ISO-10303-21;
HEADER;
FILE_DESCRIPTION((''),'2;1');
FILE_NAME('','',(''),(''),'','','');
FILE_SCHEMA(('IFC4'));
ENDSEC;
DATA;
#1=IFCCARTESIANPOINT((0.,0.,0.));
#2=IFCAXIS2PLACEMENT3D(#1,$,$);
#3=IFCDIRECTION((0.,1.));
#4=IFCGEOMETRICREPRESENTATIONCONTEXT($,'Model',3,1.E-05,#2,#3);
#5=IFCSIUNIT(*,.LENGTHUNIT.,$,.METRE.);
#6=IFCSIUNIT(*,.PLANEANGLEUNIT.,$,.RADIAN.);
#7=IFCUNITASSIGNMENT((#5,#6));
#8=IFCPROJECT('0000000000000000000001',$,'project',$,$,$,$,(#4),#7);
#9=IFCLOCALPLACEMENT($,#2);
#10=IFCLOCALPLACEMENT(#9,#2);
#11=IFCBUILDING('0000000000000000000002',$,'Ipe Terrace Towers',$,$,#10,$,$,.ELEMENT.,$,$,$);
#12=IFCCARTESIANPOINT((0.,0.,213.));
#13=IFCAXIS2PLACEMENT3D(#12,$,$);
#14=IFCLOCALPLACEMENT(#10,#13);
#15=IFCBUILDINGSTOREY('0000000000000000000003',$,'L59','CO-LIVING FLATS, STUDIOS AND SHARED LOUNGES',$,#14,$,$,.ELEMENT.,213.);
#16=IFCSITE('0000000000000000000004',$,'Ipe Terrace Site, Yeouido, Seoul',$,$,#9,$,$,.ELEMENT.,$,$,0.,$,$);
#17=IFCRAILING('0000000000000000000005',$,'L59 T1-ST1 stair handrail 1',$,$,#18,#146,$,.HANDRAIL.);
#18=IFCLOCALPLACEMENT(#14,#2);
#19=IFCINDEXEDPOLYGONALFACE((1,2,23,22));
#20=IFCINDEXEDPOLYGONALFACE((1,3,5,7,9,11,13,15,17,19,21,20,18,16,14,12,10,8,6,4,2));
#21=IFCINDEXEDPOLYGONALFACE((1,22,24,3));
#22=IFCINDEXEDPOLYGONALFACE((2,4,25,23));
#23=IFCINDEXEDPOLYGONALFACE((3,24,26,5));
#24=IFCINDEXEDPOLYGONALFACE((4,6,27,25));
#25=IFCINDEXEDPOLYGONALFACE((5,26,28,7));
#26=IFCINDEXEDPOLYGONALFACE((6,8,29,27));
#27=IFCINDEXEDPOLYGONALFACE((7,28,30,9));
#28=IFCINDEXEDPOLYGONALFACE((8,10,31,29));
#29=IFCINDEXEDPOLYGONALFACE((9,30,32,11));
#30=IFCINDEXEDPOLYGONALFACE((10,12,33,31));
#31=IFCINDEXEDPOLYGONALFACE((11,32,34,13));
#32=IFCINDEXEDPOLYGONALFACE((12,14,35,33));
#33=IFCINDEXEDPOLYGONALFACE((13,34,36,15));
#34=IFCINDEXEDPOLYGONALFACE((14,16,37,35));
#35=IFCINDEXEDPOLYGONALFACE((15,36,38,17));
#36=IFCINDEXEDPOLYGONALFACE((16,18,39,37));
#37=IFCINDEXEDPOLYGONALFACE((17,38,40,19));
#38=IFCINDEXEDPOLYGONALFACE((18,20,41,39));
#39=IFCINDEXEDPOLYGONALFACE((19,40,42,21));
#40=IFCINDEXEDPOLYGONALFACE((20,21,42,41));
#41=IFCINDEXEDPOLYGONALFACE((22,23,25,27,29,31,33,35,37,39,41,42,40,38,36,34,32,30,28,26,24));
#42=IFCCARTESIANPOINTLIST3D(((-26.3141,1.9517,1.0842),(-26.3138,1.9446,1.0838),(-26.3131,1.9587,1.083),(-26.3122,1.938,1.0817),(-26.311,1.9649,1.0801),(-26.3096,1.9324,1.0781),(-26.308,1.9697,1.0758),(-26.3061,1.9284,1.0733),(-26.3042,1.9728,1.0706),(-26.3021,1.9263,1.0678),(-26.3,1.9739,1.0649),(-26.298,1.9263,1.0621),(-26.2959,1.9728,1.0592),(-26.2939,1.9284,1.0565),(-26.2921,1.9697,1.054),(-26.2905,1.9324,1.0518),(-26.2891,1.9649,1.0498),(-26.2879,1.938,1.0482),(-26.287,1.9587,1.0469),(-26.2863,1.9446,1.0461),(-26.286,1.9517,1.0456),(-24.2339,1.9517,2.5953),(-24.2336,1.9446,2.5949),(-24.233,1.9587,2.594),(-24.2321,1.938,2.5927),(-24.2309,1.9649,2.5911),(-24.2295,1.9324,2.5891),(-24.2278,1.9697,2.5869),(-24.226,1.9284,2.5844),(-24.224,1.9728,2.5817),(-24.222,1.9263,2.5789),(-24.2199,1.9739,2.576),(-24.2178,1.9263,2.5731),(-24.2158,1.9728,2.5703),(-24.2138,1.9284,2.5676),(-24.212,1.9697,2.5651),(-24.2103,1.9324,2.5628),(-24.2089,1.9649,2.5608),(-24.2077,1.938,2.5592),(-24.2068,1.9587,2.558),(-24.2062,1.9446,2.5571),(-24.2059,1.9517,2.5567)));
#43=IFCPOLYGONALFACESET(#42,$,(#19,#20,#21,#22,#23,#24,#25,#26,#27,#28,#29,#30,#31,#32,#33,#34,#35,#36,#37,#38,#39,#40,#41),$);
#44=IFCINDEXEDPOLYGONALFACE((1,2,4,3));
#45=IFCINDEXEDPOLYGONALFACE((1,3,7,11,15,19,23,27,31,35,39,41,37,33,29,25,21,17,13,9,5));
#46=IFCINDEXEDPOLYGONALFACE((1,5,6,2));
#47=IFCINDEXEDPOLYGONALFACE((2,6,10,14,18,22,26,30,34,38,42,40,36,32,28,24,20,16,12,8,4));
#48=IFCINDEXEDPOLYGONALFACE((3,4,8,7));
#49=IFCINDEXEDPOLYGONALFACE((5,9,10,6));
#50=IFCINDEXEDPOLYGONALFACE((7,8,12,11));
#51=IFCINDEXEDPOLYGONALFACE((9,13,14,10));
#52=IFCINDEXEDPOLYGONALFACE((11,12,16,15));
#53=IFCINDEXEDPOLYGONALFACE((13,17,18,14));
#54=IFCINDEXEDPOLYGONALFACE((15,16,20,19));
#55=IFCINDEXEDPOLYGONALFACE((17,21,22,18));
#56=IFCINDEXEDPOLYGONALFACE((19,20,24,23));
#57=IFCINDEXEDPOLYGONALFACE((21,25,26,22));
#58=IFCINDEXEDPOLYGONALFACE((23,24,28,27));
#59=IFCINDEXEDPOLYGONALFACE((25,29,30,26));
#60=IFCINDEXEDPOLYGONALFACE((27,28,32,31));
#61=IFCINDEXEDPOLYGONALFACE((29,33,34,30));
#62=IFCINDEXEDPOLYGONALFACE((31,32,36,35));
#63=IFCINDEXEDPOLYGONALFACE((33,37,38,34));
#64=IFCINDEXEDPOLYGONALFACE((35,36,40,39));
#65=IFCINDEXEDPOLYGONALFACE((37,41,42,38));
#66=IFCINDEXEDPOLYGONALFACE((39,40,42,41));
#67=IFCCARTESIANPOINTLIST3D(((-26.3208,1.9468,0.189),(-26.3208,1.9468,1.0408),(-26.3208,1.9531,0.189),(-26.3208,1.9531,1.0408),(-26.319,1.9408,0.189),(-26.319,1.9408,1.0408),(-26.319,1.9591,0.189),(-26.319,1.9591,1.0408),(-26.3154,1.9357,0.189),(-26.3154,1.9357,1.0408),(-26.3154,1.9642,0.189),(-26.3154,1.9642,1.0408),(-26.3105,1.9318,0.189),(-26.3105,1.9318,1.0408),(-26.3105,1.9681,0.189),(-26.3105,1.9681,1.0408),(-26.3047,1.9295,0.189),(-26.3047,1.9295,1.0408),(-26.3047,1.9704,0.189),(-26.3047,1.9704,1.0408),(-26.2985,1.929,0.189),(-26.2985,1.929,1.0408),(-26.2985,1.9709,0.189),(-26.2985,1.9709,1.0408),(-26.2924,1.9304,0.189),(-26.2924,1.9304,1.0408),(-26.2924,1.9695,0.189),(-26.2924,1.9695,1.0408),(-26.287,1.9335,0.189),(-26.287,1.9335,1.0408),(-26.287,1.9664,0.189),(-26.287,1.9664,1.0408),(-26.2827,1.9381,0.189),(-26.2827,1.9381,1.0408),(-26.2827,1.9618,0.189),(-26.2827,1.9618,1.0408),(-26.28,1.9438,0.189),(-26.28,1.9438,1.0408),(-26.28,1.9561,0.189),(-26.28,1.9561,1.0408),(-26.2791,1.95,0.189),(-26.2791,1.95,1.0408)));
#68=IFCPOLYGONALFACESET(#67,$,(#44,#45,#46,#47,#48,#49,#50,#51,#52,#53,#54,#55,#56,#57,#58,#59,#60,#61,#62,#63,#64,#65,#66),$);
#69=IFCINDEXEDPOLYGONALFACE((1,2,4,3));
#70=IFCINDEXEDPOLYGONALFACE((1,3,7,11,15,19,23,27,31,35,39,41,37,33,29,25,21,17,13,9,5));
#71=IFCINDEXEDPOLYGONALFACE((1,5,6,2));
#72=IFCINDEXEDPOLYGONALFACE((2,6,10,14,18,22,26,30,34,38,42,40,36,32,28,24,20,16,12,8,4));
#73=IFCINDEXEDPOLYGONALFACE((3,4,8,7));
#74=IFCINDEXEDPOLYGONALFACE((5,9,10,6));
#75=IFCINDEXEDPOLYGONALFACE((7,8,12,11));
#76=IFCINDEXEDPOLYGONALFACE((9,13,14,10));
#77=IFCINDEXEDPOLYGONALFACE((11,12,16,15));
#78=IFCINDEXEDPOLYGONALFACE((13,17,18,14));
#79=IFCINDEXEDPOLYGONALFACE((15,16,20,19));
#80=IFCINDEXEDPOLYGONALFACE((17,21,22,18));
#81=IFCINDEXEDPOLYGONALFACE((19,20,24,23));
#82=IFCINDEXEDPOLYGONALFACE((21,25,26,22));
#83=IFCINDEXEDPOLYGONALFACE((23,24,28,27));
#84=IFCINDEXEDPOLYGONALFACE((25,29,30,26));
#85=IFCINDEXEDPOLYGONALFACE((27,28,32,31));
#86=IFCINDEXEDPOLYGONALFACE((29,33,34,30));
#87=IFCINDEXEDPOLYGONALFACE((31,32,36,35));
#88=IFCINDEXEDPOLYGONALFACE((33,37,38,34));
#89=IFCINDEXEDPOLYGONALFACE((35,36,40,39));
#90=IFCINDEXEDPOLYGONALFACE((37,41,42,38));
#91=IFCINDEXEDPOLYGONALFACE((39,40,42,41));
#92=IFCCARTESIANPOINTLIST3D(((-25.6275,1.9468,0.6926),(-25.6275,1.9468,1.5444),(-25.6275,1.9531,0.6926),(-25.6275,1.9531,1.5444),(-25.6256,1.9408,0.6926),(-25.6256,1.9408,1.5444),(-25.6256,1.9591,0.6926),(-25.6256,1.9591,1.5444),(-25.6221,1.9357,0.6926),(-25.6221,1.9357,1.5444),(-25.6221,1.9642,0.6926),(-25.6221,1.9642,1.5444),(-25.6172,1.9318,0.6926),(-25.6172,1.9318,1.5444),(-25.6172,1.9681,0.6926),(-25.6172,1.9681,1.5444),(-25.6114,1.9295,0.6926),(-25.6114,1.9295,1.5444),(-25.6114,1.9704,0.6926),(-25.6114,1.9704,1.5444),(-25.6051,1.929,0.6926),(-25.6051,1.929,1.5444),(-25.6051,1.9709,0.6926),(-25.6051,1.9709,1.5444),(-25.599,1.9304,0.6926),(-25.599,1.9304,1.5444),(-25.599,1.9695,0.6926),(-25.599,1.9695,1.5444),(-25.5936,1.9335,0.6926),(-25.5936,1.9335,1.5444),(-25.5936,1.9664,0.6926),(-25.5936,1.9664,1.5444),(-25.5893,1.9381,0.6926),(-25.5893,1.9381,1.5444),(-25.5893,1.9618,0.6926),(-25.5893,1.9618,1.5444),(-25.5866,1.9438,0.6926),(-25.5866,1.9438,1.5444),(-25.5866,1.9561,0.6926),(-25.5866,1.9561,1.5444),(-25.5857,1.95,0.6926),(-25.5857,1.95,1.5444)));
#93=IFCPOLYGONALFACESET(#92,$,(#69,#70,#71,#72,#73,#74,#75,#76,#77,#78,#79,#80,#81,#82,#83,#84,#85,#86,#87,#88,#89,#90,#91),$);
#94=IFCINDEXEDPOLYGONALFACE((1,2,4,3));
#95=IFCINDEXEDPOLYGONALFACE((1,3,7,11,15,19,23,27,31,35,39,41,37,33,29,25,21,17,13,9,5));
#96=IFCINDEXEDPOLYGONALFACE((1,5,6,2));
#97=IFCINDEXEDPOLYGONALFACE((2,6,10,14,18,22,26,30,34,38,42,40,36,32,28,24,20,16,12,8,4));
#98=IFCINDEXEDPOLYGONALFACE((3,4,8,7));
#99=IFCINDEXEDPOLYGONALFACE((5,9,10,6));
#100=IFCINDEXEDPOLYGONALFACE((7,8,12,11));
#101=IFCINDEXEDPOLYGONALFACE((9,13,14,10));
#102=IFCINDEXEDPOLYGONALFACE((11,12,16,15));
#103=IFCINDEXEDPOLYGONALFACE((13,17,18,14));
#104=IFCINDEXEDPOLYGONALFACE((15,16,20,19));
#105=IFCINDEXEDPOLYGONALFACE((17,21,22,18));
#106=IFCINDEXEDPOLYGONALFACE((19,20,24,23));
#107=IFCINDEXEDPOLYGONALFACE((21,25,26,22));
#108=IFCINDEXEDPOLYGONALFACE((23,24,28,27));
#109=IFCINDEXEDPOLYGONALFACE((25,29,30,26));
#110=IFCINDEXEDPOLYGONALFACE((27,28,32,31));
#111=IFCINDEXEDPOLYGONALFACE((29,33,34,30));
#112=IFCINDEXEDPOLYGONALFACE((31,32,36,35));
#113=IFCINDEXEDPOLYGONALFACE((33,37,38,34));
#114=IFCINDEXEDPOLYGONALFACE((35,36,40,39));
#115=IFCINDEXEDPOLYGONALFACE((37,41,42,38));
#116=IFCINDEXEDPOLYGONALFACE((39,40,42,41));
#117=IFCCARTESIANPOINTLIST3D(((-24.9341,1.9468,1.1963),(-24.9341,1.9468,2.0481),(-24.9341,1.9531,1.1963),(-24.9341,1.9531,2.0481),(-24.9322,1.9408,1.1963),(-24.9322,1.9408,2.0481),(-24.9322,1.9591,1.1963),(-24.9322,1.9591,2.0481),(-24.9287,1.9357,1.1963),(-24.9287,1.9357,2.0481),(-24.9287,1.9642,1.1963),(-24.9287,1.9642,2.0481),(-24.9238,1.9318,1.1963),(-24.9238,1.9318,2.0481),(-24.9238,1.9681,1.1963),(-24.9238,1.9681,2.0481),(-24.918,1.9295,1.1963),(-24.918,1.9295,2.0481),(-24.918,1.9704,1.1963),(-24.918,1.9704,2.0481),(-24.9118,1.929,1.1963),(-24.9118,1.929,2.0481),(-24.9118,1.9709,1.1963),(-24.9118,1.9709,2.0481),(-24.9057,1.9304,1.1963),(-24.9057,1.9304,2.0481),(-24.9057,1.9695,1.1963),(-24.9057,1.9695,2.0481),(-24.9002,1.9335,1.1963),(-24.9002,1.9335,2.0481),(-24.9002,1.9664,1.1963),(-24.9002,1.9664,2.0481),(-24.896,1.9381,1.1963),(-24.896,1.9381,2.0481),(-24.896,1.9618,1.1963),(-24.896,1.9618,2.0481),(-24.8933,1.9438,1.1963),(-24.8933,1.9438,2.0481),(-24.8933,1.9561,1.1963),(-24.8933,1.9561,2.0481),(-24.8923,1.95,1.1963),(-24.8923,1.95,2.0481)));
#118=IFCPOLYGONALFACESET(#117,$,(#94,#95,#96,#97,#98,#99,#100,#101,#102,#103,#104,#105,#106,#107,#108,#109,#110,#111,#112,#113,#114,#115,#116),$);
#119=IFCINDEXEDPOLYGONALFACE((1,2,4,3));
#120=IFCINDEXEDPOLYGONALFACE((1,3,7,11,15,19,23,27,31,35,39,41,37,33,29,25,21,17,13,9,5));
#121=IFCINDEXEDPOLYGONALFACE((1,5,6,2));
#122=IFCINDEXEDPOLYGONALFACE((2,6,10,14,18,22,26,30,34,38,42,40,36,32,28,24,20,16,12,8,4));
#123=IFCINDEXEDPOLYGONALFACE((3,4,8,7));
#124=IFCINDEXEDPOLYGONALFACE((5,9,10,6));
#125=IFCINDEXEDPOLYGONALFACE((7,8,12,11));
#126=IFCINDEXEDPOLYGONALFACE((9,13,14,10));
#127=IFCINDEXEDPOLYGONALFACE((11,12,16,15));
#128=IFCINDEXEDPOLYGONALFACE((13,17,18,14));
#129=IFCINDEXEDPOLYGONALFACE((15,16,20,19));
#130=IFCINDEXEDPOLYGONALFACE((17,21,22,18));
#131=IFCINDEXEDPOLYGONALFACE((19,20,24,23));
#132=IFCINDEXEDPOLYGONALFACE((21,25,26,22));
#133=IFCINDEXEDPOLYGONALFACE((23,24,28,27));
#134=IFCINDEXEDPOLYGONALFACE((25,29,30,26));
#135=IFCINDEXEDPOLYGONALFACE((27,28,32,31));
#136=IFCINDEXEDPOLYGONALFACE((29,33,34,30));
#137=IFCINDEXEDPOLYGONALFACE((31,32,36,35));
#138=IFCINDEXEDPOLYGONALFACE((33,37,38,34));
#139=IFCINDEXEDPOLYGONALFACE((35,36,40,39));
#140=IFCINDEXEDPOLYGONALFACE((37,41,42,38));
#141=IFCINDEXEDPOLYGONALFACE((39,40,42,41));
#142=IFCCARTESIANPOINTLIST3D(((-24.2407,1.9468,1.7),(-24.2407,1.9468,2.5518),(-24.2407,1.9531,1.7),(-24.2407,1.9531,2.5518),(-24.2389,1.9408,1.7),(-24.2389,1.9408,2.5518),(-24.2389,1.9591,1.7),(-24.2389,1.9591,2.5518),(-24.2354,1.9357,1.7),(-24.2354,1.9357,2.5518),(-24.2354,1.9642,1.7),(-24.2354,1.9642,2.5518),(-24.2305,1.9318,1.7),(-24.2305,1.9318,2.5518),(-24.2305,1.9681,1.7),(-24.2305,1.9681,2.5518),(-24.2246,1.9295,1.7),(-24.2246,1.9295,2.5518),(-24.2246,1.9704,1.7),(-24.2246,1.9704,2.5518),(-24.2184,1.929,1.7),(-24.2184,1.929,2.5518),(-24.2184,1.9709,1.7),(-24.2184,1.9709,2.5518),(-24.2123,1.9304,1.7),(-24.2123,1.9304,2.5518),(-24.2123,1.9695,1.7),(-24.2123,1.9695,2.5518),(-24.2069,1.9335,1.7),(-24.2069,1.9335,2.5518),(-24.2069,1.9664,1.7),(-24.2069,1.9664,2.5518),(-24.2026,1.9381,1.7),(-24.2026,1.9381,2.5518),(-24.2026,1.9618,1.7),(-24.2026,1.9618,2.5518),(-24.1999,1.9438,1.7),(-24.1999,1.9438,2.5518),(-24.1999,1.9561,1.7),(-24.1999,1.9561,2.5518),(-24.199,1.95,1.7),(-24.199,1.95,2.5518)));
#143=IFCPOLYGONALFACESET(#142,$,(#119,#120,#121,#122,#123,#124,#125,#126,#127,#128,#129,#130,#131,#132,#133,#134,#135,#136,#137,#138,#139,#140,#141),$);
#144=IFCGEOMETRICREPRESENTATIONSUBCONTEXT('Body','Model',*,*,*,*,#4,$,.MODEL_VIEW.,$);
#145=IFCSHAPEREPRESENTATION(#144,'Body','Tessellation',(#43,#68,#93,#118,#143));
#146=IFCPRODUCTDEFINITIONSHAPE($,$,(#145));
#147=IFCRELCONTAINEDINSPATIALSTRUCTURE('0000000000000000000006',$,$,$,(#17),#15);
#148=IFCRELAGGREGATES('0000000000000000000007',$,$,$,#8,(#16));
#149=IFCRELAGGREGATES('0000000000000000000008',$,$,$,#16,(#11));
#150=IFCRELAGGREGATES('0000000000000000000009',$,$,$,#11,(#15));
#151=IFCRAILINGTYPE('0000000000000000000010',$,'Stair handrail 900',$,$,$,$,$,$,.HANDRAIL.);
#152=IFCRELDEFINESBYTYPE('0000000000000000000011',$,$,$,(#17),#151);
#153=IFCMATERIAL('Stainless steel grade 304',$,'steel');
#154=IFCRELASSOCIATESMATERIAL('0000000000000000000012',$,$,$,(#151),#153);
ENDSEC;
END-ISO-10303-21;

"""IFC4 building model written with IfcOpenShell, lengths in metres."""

from ifc_helpers import new_model, si_unit, direction, frame, origin, origin_2d, place, context, subcontext, project, spatial, circle, extrude, material, type_object, element, save


model = new_model("IFC4")

# Units and contexts
model_context = context("Model", 3, precision=1e-05, world=origin(), true_north=direction((0.0, 1.0)))
body_context = subcontext(model_context, "Body", "Model", "MODEL_VIEW")
ifc_project = project(units=[si_unit("LENGTHUNIT", "METRE"), si_unit("PLANEANGLEUNIT", "RADIAN")], contexts=[model_context])

# Site, building, storey
site_placement = place(None, origin())
site = spatial("IfcSite", under=ifc_project, at=site_placement, Name="Ipe Terrace Site, Yeouido, Seoul", CompositionType="ELEMENT", RefElevation=0.0)
building_placement = place(site_placement, origin())
building = spatial("IfcBuilding", under=site, at=building_placement, Name="Ipe Terrace Towers", CompositionType="ELEMENT")
storey_placement = place(building_placement, frame((0.0, 0.0, 213.0)))
storey = spatial("IfcBuildingStorey", under=building, at=storey_placement, Name="L59", Description="CO-LIVING FLATS, STUDIOS AND SHARED LOUNGES", CompositionType="ELEMENT", Elevation=213.0)

# Railing
ifc_material_1 = material(Name="Stainless steel grade 304", Category="steel")
railing_type_1 = type_object("IfcRailingType", Name="Stair handrail 900", PredefinedType="HANDRAIL", material=ifc_material_1)
railing_1_placement = place(storey_placement, frame((-26.3, 1.95, 0.189)))
element("IfcRailing", 1, at=railing_1_placement, inside=storey, type_object=railing_type_1, Name="L59 T1-ST1 stair handrail 1", PredefinedType="HANDRAIL", context=body_context, shape_type="SweptSolid", body=[
    extrude(circle(Radius=0.0239, at=origin_2d()), frame((0.0, 0.0, 0.876), z_axis=(0.809069, 0.0, 0.587714), x_axis=(0.0, 1.0, 0.0)), (0.0, 0.0, 1.0), 2.571),
    extrude(circle(Radius=0.021, at=origin_2d()), origin(), (0.0, 0.0, 1.0), 0.8518),
    extrude(circle(Radius=0.021, at=origin_2d()), frame((0.6934, 0.0, 0.5037)), (0.0, 0.0, 1.0), 0.8518),
    extrude(circle(Radius=0.021, at=origin_2d()), frame((1.3867, 0.0, 1.0073)), (0.0, 0.0, 1.0), 0.8518),
    extrude(circle(Radius=0.021, at=origin_2d()), frame((2.0801, 0.0, 1.511)), (0.0, 0.0, 1.0), 0.8518),
])

save(model, "model.ifc")
